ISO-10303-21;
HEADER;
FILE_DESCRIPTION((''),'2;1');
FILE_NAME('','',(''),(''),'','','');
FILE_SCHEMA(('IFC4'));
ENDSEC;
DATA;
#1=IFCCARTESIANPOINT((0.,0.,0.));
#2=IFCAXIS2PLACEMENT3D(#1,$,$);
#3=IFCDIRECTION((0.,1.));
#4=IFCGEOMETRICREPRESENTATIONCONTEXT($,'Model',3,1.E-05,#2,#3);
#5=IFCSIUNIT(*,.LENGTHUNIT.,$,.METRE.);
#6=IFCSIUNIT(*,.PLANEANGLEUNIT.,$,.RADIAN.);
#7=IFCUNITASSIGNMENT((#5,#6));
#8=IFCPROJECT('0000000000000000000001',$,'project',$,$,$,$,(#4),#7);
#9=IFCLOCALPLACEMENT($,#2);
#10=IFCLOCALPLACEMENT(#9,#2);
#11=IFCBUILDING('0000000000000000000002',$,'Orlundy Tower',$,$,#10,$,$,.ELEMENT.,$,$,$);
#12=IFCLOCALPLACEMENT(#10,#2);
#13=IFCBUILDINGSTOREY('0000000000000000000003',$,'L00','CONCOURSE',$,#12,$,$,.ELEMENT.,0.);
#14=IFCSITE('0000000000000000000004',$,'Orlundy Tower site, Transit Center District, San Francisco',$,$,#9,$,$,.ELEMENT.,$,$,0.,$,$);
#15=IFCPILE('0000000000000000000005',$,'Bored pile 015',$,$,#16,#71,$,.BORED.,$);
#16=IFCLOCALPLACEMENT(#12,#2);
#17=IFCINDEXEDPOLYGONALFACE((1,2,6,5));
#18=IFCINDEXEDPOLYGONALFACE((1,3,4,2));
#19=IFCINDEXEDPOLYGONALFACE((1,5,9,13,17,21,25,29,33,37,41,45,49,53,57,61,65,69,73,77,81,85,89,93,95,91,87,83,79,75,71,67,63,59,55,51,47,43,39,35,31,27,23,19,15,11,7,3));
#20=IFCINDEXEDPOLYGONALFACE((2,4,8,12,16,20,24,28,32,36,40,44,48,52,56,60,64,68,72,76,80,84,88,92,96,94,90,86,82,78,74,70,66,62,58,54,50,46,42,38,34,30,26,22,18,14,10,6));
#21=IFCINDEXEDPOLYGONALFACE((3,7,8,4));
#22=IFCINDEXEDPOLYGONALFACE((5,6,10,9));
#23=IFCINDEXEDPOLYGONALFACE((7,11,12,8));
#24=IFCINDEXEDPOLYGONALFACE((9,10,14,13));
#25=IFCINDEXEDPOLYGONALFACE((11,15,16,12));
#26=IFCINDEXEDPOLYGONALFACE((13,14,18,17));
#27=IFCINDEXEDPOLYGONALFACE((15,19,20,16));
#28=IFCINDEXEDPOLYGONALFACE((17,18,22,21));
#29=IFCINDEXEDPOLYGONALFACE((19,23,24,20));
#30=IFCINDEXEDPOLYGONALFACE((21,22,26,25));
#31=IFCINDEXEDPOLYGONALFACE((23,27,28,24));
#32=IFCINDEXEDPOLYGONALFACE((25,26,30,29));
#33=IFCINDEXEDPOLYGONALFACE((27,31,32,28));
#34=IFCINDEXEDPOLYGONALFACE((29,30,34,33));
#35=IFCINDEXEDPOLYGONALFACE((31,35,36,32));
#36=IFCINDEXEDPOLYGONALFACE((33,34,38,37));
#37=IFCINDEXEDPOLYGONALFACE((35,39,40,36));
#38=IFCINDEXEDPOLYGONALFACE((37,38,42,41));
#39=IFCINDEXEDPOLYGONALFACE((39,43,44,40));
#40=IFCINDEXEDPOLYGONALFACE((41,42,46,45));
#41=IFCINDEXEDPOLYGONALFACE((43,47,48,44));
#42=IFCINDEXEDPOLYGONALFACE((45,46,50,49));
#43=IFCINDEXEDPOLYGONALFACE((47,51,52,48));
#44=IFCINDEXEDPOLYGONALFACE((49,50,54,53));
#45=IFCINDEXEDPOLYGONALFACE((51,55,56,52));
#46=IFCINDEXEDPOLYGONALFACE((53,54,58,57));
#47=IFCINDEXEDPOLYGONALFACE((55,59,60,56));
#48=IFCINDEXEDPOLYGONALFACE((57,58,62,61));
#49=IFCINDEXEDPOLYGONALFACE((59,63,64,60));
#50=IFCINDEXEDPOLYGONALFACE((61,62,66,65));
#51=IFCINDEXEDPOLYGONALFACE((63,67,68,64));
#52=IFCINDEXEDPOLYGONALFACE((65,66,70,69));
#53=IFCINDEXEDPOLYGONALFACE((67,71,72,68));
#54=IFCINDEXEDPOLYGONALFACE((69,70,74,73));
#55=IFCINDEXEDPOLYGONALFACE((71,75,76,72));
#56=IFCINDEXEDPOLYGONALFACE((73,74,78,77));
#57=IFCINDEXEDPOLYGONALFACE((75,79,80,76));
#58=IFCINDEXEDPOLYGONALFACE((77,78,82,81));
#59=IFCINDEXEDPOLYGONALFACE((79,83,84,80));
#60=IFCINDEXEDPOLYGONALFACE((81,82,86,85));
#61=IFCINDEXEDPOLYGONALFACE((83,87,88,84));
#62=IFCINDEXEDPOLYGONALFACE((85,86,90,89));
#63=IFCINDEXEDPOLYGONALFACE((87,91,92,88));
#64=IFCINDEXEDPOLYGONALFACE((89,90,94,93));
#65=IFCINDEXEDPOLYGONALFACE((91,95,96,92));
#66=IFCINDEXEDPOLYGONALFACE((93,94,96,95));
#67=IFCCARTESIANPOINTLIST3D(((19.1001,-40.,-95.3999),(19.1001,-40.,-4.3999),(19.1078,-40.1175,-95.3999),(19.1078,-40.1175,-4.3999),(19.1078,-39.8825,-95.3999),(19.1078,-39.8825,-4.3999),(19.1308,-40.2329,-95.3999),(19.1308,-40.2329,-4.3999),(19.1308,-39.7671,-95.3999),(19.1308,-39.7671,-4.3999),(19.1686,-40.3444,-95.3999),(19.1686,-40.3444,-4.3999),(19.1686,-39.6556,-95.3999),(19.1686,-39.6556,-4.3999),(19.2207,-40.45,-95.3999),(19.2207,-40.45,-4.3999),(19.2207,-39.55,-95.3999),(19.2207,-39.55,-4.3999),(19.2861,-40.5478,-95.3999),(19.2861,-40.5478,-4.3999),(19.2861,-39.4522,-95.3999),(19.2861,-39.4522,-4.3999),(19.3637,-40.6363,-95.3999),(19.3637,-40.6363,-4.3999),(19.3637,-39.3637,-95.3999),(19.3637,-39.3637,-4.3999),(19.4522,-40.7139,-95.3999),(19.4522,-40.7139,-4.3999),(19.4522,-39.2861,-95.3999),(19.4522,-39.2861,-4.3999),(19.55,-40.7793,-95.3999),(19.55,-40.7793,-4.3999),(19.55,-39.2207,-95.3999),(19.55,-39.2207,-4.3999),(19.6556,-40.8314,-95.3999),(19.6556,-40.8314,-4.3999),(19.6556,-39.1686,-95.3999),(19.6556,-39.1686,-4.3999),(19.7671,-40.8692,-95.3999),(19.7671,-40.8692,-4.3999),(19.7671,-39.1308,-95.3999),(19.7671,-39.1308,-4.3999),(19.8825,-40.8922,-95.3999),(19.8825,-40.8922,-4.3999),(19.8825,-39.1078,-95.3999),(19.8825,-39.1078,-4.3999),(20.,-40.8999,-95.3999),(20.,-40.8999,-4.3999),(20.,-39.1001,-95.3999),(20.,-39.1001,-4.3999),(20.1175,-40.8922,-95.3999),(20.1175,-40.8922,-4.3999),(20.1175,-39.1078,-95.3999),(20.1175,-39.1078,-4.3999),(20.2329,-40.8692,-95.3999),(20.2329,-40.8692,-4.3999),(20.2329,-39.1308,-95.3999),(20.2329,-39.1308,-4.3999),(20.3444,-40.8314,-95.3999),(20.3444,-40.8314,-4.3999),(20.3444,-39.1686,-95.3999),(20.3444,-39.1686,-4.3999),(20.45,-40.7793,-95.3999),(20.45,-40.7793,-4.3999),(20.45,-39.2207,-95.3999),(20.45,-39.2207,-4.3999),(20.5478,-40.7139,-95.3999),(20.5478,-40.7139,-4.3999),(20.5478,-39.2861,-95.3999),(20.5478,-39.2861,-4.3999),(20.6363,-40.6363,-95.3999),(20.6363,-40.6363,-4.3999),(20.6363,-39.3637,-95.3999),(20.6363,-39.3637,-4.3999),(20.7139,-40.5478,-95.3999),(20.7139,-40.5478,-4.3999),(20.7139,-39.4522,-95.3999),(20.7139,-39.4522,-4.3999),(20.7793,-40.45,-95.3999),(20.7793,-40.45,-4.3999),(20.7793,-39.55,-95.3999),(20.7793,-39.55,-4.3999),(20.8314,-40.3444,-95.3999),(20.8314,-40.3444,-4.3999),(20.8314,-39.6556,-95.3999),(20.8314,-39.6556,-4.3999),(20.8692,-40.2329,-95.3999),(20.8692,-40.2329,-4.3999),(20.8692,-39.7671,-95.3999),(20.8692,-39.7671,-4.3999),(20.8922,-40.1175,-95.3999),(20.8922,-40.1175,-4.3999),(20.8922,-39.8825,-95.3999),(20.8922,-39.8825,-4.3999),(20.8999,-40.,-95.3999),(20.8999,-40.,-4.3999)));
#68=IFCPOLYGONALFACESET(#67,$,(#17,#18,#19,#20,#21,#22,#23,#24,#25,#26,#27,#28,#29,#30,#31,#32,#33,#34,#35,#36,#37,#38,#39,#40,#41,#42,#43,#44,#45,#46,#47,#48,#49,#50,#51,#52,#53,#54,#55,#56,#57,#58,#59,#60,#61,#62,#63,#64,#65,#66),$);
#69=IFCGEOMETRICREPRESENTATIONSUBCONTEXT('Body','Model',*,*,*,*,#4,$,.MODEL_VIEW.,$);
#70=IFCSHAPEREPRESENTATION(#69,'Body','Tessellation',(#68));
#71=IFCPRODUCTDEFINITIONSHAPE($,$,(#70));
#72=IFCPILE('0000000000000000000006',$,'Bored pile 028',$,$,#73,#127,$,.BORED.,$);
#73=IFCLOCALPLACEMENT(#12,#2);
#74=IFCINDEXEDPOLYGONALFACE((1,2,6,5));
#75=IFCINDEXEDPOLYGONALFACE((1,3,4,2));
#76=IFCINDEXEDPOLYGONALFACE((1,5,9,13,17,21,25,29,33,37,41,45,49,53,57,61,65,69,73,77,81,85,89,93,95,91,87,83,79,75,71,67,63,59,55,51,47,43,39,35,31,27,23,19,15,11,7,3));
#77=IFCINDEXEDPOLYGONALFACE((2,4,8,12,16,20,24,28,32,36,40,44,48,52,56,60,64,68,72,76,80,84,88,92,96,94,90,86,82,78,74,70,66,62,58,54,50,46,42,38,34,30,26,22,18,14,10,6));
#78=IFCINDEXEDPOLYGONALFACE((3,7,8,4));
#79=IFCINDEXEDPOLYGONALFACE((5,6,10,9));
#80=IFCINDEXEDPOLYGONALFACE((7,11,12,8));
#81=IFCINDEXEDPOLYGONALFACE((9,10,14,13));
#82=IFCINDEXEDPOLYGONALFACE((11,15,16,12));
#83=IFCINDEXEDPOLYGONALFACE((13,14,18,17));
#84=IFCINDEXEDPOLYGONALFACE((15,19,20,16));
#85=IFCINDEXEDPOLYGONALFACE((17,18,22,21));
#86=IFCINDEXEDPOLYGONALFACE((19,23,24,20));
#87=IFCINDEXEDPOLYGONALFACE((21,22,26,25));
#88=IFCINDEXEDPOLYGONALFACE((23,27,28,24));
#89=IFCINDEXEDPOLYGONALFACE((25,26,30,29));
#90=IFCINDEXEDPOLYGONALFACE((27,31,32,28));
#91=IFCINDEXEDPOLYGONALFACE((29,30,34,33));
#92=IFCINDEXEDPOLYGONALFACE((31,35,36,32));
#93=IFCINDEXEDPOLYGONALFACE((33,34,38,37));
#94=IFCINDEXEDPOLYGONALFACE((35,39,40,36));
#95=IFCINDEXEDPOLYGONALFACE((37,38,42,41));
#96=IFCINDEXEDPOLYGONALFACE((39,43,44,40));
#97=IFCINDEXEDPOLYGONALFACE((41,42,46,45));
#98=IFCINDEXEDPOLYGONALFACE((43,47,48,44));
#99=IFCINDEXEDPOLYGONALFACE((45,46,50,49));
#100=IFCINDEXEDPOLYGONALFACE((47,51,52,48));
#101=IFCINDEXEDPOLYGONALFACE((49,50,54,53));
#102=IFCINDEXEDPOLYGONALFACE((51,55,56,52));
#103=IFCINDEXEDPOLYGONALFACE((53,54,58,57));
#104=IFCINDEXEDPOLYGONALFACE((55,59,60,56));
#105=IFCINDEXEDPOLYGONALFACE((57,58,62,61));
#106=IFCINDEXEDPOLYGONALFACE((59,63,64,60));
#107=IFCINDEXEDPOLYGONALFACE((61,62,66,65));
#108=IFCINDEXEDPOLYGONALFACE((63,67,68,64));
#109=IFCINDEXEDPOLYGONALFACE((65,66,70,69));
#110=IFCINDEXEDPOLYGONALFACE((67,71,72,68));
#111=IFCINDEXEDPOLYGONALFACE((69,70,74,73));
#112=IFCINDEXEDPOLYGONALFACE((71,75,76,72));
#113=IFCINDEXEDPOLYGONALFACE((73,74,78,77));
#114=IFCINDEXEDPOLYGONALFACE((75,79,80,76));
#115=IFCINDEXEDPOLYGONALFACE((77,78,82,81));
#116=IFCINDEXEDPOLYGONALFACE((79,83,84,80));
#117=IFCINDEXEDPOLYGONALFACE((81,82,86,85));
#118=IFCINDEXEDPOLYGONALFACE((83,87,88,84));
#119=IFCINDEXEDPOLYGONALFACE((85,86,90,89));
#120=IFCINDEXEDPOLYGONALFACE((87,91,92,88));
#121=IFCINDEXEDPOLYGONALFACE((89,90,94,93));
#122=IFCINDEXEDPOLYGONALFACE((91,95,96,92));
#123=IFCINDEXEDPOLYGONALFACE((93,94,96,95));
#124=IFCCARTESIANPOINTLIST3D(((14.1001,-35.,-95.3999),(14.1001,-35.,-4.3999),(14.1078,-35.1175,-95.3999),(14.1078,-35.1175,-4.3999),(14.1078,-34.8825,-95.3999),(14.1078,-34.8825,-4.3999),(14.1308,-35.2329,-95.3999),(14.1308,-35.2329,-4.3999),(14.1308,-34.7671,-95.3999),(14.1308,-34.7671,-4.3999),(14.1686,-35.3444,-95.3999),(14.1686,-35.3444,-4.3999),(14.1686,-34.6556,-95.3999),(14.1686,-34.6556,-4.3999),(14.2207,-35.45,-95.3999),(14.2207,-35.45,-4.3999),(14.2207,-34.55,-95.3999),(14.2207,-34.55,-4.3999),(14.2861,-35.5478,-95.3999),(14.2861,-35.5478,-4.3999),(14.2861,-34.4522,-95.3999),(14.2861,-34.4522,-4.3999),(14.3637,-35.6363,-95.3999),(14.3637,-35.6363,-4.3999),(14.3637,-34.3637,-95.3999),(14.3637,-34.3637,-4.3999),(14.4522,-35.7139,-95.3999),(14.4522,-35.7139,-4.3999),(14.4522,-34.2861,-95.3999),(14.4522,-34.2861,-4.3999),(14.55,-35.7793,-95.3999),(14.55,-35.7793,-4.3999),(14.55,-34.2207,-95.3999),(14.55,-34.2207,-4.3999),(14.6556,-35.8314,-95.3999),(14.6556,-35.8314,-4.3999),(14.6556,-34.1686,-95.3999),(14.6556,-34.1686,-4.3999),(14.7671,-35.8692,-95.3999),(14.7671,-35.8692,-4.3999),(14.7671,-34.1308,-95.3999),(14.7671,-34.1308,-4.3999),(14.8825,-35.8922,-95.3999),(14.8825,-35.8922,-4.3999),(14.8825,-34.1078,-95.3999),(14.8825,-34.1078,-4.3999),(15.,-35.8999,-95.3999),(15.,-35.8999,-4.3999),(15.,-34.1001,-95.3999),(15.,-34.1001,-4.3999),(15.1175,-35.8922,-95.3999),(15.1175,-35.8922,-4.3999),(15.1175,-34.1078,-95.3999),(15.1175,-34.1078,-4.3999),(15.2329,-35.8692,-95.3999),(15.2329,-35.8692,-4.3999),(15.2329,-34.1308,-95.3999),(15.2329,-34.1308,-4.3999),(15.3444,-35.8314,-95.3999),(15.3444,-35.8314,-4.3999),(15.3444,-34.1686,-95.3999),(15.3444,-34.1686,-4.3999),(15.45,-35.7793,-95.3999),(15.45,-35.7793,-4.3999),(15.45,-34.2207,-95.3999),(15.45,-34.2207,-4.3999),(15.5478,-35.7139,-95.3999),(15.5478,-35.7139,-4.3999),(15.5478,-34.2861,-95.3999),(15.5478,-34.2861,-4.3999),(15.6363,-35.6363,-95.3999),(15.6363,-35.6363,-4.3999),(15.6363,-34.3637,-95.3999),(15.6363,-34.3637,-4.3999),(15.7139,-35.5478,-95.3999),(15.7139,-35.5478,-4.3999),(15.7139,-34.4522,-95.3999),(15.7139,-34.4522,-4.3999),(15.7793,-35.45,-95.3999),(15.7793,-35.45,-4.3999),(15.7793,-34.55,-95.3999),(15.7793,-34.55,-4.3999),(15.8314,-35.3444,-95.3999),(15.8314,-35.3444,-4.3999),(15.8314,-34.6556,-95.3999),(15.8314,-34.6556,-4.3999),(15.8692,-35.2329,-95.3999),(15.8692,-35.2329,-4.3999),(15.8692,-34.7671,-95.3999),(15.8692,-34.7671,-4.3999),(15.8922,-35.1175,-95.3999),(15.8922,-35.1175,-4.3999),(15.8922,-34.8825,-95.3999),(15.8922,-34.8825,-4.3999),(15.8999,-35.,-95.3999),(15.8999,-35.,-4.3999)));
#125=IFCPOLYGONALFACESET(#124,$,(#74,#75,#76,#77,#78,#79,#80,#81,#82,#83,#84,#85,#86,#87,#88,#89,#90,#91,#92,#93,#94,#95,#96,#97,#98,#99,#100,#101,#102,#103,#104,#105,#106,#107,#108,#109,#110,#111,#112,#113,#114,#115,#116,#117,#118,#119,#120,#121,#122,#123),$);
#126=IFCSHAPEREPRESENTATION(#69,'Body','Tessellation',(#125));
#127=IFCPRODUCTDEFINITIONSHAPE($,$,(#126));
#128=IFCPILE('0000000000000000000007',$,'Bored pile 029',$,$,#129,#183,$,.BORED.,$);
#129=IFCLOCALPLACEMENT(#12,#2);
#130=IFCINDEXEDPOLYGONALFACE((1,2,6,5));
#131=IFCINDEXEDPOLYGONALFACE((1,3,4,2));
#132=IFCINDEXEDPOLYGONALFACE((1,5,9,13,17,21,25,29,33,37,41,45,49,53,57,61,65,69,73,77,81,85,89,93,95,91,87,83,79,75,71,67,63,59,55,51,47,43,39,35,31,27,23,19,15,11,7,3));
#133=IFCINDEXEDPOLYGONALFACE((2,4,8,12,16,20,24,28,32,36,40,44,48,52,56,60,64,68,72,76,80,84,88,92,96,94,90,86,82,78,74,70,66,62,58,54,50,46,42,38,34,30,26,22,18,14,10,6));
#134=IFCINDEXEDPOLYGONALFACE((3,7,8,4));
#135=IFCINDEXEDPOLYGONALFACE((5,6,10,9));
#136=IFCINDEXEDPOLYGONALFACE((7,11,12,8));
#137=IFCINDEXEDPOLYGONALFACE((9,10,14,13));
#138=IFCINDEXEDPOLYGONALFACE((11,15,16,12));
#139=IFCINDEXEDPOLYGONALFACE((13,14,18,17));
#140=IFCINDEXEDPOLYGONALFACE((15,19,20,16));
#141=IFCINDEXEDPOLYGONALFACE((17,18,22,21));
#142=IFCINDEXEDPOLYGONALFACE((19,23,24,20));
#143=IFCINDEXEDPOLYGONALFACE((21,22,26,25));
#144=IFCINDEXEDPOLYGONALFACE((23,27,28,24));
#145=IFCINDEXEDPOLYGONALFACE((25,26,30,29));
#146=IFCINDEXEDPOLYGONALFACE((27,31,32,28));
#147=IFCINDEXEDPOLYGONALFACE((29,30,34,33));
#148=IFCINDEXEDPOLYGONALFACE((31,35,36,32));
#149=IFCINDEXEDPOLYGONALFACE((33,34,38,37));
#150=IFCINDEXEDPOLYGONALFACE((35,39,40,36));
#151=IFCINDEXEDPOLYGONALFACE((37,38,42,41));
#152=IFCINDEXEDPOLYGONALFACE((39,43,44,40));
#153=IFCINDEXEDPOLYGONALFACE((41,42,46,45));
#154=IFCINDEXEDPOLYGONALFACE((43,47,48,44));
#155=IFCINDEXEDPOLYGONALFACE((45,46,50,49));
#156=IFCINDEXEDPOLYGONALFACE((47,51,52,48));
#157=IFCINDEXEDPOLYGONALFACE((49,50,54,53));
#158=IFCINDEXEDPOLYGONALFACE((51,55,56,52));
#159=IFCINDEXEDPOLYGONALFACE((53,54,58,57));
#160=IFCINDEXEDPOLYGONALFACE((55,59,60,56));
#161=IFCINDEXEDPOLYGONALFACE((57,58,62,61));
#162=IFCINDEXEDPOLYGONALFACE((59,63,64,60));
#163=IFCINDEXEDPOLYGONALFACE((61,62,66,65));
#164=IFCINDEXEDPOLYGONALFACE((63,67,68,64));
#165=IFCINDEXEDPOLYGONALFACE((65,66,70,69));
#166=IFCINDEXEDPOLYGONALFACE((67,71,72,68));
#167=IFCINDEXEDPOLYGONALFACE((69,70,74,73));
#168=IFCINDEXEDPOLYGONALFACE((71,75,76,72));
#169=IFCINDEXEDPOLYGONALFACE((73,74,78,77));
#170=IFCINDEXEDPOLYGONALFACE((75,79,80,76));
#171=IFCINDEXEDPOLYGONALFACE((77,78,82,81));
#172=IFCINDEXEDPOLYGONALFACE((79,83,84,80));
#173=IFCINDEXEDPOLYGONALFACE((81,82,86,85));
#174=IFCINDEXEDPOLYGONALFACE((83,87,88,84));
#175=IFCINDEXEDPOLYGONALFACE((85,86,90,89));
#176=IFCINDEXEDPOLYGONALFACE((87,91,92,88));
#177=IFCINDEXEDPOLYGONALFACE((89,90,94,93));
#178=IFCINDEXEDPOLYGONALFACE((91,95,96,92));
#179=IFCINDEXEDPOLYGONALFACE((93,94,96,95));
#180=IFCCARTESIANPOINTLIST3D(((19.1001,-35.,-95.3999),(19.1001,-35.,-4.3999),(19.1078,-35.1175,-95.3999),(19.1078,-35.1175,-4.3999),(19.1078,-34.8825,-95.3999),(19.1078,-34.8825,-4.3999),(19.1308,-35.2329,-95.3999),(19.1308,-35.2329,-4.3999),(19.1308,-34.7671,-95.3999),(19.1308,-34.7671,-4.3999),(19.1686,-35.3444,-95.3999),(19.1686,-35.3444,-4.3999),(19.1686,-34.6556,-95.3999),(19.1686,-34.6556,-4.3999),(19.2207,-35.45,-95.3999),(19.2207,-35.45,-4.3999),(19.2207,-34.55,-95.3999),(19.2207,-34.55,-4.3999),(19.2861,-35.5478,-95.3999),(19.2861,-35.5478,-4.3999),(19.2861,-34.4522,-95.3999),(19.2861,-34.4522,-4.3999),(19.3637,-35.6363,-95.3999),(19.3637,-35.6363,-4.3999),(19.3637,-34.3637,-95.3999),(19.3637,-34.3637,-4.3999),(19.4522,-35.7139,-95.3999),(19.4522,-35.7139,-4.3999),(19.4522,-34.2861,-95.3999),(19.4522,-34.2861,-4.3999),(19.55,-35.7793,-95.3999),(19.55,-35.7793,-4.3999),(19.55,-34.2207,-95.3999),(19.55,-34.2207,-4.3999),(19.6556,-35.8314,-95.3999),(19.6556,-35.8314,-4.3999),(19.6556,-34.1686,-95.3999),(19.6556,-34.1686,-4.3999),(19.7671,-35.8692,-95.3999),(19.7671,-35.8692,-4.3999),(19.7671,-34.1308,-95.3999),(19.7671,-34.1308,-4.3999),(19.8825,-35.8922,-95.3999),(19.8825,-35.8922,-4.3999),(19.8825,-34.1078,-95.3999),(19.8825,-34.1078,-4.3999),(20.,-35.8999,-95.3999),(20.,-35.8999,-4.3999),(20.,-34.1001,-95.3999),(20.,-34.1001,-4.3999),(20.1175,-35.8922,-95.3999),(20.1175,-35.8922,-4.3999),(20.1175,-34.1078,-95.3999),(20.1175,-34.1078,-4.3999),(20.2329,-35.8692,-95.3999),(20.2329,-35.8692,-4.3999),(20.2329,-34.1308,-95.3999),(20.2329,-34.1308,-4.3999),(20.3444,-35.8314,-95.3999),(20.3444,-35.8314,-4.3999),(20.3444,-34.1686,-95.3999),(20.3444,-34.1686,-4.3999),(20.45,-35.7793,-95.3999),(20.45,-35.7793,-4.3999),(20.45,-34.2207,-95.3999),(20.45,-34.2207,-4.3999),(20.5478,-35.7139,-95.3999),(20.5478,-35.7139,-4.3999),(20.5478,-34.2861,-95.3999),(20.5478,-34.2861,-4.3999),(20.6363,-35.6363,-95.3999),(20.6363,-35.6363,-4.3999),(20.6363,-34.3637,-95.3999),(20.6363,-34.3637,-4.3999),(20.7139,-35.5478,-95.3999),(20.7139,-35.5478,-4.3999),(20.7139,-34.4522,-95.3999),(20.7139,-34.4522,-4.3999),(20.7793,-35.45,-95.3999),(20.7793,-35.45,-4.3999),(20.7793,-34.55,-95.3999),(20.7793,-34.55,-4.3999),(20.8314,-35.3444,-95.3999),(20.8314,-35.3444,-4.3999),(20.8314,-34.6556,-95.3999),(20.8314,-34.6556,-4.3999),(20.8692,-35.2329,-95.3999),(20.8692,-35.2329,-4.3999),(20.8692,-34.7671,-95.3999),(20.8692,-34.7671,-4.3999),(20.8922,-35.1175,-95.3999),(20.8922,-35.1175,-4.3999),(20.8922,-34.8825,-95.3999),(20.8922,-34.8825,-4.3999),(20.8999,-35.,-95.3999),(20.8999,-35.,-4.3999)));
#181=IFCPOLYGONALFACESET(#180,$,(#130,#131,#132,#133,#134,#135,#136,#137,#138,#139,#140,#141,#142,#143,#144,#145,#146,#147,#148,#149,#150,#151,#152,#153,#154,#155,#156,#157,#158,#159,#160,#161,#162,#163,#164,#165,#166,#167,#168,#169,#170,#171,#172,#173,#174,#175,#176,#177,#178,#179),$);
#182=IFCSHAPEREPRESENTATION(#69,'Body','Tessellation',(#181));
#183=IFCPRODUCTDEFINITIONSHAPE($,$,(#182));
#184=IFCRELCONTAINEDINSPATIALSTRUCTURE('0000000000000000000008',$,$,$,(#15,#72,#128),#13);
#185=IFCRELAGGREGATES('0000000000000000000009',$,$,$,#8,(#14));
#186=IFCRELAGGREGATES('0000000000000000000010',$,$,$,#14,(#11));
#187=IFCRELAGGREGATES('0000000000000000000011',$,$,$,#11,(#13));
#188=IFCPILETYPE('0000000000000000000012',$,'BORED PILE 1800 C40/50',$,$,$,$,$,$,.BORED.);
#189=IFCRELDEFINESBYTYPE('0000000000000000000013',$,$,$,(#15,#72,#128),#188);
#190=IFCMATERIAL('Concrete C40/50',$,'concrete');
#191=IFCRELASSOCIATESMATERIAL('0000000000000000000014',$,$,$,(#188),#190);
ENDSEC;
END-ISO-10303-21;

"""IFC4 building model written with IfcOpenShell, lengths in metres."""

from ifc_helpers import new_model, si_unit, direction, frame, origin, origin_2d, place, context, subcontext, project, spatial, circle, extrude, material, material_profile, profile_set, type_object, element, save


model = new_model("IFC4")

# Units and contexts
model_context = context("Model", 3, precision=1e-05, world=origin(), true_north=direction((0.0, 1.0)))
body_context = subcontext(model_context, "Body", "Model", "MODEL_VIEW")
ifc_project = project(units=[si_unit("LENGTHUNIT", "METRE"), si_unit("PLANEANGLEUNIT", "RADIAN")], contexts=[model_context])

# Site, building, storey
site_placement = place(None, origin())
site = spatial("IfcSite", under=ifc_project, at=site_placement, Name="Orlundy Tower site, Transit Center District, San Francisco", CompositionType="ELEMENT", RefElevation=0.0)
building_placement = place(site_placement, origin())
building = spatial("IfcBuilding", under=site, at=building_placement, Name="Orlundy Tower", CompositionType="ELEMENT")
storey_placement = place(building_placement, origin())
storey = spatial("IfcBuildingStorey", under=building, at=storey_placement, Name="L00", Description="CONCOURSE", CompositionType="ELEMENT", Elevation=0.0)

# Piles
ifc_material_1 = material(Name="Concrete C40/50", Category="concrete")
ifc_material_profile_1 = material_profile(ifc_material_1, circle(Radius=0.8999, at=origin_2d()), Name="BP1800")
ifc_profile_set_1 = profile_set([ifc_material_profile_1], Name="Concrete C40/50")
pile_type = type_object("IfcPileType", Name="BORED PILE 1800 C40/50", PredefinedType="BORED", material=ifc_profile_set_1)
for number, where, z_axis, x_axis, name in (
    (1, (20.0, -40.0, -4.3999), (0.0, 0.0, -1.0), (1.0, 0.0, 0.0), "Bored pile 015"),
    (2, (15.0, -35.0, -4.3999), (0.0, 0.0, -1.0), (1.0, 0.0, 0.0), "Bored pile 028"),
    (3, (20.0, -35.0, -4.3999), (0.0, 0.0, -1.0), (1.0, 0.0, 0.0), "Bored pile 029"),
):
    element("IfcPile", number, at=place(storey_placement, frame(where, z_axis=z_axis, x_axis=x_axis)), inside=storey, type_object=pile_type, Name=name, PredefinedType="BORED", context=body_context, shape_type="SweptSolid", body=[
        extrude(circle(Radius=0.8999, at=origin_2d()), origin(), (0.0, 0.0, 1.0), 91.0),
    ])

save(model, "model.ifc")
